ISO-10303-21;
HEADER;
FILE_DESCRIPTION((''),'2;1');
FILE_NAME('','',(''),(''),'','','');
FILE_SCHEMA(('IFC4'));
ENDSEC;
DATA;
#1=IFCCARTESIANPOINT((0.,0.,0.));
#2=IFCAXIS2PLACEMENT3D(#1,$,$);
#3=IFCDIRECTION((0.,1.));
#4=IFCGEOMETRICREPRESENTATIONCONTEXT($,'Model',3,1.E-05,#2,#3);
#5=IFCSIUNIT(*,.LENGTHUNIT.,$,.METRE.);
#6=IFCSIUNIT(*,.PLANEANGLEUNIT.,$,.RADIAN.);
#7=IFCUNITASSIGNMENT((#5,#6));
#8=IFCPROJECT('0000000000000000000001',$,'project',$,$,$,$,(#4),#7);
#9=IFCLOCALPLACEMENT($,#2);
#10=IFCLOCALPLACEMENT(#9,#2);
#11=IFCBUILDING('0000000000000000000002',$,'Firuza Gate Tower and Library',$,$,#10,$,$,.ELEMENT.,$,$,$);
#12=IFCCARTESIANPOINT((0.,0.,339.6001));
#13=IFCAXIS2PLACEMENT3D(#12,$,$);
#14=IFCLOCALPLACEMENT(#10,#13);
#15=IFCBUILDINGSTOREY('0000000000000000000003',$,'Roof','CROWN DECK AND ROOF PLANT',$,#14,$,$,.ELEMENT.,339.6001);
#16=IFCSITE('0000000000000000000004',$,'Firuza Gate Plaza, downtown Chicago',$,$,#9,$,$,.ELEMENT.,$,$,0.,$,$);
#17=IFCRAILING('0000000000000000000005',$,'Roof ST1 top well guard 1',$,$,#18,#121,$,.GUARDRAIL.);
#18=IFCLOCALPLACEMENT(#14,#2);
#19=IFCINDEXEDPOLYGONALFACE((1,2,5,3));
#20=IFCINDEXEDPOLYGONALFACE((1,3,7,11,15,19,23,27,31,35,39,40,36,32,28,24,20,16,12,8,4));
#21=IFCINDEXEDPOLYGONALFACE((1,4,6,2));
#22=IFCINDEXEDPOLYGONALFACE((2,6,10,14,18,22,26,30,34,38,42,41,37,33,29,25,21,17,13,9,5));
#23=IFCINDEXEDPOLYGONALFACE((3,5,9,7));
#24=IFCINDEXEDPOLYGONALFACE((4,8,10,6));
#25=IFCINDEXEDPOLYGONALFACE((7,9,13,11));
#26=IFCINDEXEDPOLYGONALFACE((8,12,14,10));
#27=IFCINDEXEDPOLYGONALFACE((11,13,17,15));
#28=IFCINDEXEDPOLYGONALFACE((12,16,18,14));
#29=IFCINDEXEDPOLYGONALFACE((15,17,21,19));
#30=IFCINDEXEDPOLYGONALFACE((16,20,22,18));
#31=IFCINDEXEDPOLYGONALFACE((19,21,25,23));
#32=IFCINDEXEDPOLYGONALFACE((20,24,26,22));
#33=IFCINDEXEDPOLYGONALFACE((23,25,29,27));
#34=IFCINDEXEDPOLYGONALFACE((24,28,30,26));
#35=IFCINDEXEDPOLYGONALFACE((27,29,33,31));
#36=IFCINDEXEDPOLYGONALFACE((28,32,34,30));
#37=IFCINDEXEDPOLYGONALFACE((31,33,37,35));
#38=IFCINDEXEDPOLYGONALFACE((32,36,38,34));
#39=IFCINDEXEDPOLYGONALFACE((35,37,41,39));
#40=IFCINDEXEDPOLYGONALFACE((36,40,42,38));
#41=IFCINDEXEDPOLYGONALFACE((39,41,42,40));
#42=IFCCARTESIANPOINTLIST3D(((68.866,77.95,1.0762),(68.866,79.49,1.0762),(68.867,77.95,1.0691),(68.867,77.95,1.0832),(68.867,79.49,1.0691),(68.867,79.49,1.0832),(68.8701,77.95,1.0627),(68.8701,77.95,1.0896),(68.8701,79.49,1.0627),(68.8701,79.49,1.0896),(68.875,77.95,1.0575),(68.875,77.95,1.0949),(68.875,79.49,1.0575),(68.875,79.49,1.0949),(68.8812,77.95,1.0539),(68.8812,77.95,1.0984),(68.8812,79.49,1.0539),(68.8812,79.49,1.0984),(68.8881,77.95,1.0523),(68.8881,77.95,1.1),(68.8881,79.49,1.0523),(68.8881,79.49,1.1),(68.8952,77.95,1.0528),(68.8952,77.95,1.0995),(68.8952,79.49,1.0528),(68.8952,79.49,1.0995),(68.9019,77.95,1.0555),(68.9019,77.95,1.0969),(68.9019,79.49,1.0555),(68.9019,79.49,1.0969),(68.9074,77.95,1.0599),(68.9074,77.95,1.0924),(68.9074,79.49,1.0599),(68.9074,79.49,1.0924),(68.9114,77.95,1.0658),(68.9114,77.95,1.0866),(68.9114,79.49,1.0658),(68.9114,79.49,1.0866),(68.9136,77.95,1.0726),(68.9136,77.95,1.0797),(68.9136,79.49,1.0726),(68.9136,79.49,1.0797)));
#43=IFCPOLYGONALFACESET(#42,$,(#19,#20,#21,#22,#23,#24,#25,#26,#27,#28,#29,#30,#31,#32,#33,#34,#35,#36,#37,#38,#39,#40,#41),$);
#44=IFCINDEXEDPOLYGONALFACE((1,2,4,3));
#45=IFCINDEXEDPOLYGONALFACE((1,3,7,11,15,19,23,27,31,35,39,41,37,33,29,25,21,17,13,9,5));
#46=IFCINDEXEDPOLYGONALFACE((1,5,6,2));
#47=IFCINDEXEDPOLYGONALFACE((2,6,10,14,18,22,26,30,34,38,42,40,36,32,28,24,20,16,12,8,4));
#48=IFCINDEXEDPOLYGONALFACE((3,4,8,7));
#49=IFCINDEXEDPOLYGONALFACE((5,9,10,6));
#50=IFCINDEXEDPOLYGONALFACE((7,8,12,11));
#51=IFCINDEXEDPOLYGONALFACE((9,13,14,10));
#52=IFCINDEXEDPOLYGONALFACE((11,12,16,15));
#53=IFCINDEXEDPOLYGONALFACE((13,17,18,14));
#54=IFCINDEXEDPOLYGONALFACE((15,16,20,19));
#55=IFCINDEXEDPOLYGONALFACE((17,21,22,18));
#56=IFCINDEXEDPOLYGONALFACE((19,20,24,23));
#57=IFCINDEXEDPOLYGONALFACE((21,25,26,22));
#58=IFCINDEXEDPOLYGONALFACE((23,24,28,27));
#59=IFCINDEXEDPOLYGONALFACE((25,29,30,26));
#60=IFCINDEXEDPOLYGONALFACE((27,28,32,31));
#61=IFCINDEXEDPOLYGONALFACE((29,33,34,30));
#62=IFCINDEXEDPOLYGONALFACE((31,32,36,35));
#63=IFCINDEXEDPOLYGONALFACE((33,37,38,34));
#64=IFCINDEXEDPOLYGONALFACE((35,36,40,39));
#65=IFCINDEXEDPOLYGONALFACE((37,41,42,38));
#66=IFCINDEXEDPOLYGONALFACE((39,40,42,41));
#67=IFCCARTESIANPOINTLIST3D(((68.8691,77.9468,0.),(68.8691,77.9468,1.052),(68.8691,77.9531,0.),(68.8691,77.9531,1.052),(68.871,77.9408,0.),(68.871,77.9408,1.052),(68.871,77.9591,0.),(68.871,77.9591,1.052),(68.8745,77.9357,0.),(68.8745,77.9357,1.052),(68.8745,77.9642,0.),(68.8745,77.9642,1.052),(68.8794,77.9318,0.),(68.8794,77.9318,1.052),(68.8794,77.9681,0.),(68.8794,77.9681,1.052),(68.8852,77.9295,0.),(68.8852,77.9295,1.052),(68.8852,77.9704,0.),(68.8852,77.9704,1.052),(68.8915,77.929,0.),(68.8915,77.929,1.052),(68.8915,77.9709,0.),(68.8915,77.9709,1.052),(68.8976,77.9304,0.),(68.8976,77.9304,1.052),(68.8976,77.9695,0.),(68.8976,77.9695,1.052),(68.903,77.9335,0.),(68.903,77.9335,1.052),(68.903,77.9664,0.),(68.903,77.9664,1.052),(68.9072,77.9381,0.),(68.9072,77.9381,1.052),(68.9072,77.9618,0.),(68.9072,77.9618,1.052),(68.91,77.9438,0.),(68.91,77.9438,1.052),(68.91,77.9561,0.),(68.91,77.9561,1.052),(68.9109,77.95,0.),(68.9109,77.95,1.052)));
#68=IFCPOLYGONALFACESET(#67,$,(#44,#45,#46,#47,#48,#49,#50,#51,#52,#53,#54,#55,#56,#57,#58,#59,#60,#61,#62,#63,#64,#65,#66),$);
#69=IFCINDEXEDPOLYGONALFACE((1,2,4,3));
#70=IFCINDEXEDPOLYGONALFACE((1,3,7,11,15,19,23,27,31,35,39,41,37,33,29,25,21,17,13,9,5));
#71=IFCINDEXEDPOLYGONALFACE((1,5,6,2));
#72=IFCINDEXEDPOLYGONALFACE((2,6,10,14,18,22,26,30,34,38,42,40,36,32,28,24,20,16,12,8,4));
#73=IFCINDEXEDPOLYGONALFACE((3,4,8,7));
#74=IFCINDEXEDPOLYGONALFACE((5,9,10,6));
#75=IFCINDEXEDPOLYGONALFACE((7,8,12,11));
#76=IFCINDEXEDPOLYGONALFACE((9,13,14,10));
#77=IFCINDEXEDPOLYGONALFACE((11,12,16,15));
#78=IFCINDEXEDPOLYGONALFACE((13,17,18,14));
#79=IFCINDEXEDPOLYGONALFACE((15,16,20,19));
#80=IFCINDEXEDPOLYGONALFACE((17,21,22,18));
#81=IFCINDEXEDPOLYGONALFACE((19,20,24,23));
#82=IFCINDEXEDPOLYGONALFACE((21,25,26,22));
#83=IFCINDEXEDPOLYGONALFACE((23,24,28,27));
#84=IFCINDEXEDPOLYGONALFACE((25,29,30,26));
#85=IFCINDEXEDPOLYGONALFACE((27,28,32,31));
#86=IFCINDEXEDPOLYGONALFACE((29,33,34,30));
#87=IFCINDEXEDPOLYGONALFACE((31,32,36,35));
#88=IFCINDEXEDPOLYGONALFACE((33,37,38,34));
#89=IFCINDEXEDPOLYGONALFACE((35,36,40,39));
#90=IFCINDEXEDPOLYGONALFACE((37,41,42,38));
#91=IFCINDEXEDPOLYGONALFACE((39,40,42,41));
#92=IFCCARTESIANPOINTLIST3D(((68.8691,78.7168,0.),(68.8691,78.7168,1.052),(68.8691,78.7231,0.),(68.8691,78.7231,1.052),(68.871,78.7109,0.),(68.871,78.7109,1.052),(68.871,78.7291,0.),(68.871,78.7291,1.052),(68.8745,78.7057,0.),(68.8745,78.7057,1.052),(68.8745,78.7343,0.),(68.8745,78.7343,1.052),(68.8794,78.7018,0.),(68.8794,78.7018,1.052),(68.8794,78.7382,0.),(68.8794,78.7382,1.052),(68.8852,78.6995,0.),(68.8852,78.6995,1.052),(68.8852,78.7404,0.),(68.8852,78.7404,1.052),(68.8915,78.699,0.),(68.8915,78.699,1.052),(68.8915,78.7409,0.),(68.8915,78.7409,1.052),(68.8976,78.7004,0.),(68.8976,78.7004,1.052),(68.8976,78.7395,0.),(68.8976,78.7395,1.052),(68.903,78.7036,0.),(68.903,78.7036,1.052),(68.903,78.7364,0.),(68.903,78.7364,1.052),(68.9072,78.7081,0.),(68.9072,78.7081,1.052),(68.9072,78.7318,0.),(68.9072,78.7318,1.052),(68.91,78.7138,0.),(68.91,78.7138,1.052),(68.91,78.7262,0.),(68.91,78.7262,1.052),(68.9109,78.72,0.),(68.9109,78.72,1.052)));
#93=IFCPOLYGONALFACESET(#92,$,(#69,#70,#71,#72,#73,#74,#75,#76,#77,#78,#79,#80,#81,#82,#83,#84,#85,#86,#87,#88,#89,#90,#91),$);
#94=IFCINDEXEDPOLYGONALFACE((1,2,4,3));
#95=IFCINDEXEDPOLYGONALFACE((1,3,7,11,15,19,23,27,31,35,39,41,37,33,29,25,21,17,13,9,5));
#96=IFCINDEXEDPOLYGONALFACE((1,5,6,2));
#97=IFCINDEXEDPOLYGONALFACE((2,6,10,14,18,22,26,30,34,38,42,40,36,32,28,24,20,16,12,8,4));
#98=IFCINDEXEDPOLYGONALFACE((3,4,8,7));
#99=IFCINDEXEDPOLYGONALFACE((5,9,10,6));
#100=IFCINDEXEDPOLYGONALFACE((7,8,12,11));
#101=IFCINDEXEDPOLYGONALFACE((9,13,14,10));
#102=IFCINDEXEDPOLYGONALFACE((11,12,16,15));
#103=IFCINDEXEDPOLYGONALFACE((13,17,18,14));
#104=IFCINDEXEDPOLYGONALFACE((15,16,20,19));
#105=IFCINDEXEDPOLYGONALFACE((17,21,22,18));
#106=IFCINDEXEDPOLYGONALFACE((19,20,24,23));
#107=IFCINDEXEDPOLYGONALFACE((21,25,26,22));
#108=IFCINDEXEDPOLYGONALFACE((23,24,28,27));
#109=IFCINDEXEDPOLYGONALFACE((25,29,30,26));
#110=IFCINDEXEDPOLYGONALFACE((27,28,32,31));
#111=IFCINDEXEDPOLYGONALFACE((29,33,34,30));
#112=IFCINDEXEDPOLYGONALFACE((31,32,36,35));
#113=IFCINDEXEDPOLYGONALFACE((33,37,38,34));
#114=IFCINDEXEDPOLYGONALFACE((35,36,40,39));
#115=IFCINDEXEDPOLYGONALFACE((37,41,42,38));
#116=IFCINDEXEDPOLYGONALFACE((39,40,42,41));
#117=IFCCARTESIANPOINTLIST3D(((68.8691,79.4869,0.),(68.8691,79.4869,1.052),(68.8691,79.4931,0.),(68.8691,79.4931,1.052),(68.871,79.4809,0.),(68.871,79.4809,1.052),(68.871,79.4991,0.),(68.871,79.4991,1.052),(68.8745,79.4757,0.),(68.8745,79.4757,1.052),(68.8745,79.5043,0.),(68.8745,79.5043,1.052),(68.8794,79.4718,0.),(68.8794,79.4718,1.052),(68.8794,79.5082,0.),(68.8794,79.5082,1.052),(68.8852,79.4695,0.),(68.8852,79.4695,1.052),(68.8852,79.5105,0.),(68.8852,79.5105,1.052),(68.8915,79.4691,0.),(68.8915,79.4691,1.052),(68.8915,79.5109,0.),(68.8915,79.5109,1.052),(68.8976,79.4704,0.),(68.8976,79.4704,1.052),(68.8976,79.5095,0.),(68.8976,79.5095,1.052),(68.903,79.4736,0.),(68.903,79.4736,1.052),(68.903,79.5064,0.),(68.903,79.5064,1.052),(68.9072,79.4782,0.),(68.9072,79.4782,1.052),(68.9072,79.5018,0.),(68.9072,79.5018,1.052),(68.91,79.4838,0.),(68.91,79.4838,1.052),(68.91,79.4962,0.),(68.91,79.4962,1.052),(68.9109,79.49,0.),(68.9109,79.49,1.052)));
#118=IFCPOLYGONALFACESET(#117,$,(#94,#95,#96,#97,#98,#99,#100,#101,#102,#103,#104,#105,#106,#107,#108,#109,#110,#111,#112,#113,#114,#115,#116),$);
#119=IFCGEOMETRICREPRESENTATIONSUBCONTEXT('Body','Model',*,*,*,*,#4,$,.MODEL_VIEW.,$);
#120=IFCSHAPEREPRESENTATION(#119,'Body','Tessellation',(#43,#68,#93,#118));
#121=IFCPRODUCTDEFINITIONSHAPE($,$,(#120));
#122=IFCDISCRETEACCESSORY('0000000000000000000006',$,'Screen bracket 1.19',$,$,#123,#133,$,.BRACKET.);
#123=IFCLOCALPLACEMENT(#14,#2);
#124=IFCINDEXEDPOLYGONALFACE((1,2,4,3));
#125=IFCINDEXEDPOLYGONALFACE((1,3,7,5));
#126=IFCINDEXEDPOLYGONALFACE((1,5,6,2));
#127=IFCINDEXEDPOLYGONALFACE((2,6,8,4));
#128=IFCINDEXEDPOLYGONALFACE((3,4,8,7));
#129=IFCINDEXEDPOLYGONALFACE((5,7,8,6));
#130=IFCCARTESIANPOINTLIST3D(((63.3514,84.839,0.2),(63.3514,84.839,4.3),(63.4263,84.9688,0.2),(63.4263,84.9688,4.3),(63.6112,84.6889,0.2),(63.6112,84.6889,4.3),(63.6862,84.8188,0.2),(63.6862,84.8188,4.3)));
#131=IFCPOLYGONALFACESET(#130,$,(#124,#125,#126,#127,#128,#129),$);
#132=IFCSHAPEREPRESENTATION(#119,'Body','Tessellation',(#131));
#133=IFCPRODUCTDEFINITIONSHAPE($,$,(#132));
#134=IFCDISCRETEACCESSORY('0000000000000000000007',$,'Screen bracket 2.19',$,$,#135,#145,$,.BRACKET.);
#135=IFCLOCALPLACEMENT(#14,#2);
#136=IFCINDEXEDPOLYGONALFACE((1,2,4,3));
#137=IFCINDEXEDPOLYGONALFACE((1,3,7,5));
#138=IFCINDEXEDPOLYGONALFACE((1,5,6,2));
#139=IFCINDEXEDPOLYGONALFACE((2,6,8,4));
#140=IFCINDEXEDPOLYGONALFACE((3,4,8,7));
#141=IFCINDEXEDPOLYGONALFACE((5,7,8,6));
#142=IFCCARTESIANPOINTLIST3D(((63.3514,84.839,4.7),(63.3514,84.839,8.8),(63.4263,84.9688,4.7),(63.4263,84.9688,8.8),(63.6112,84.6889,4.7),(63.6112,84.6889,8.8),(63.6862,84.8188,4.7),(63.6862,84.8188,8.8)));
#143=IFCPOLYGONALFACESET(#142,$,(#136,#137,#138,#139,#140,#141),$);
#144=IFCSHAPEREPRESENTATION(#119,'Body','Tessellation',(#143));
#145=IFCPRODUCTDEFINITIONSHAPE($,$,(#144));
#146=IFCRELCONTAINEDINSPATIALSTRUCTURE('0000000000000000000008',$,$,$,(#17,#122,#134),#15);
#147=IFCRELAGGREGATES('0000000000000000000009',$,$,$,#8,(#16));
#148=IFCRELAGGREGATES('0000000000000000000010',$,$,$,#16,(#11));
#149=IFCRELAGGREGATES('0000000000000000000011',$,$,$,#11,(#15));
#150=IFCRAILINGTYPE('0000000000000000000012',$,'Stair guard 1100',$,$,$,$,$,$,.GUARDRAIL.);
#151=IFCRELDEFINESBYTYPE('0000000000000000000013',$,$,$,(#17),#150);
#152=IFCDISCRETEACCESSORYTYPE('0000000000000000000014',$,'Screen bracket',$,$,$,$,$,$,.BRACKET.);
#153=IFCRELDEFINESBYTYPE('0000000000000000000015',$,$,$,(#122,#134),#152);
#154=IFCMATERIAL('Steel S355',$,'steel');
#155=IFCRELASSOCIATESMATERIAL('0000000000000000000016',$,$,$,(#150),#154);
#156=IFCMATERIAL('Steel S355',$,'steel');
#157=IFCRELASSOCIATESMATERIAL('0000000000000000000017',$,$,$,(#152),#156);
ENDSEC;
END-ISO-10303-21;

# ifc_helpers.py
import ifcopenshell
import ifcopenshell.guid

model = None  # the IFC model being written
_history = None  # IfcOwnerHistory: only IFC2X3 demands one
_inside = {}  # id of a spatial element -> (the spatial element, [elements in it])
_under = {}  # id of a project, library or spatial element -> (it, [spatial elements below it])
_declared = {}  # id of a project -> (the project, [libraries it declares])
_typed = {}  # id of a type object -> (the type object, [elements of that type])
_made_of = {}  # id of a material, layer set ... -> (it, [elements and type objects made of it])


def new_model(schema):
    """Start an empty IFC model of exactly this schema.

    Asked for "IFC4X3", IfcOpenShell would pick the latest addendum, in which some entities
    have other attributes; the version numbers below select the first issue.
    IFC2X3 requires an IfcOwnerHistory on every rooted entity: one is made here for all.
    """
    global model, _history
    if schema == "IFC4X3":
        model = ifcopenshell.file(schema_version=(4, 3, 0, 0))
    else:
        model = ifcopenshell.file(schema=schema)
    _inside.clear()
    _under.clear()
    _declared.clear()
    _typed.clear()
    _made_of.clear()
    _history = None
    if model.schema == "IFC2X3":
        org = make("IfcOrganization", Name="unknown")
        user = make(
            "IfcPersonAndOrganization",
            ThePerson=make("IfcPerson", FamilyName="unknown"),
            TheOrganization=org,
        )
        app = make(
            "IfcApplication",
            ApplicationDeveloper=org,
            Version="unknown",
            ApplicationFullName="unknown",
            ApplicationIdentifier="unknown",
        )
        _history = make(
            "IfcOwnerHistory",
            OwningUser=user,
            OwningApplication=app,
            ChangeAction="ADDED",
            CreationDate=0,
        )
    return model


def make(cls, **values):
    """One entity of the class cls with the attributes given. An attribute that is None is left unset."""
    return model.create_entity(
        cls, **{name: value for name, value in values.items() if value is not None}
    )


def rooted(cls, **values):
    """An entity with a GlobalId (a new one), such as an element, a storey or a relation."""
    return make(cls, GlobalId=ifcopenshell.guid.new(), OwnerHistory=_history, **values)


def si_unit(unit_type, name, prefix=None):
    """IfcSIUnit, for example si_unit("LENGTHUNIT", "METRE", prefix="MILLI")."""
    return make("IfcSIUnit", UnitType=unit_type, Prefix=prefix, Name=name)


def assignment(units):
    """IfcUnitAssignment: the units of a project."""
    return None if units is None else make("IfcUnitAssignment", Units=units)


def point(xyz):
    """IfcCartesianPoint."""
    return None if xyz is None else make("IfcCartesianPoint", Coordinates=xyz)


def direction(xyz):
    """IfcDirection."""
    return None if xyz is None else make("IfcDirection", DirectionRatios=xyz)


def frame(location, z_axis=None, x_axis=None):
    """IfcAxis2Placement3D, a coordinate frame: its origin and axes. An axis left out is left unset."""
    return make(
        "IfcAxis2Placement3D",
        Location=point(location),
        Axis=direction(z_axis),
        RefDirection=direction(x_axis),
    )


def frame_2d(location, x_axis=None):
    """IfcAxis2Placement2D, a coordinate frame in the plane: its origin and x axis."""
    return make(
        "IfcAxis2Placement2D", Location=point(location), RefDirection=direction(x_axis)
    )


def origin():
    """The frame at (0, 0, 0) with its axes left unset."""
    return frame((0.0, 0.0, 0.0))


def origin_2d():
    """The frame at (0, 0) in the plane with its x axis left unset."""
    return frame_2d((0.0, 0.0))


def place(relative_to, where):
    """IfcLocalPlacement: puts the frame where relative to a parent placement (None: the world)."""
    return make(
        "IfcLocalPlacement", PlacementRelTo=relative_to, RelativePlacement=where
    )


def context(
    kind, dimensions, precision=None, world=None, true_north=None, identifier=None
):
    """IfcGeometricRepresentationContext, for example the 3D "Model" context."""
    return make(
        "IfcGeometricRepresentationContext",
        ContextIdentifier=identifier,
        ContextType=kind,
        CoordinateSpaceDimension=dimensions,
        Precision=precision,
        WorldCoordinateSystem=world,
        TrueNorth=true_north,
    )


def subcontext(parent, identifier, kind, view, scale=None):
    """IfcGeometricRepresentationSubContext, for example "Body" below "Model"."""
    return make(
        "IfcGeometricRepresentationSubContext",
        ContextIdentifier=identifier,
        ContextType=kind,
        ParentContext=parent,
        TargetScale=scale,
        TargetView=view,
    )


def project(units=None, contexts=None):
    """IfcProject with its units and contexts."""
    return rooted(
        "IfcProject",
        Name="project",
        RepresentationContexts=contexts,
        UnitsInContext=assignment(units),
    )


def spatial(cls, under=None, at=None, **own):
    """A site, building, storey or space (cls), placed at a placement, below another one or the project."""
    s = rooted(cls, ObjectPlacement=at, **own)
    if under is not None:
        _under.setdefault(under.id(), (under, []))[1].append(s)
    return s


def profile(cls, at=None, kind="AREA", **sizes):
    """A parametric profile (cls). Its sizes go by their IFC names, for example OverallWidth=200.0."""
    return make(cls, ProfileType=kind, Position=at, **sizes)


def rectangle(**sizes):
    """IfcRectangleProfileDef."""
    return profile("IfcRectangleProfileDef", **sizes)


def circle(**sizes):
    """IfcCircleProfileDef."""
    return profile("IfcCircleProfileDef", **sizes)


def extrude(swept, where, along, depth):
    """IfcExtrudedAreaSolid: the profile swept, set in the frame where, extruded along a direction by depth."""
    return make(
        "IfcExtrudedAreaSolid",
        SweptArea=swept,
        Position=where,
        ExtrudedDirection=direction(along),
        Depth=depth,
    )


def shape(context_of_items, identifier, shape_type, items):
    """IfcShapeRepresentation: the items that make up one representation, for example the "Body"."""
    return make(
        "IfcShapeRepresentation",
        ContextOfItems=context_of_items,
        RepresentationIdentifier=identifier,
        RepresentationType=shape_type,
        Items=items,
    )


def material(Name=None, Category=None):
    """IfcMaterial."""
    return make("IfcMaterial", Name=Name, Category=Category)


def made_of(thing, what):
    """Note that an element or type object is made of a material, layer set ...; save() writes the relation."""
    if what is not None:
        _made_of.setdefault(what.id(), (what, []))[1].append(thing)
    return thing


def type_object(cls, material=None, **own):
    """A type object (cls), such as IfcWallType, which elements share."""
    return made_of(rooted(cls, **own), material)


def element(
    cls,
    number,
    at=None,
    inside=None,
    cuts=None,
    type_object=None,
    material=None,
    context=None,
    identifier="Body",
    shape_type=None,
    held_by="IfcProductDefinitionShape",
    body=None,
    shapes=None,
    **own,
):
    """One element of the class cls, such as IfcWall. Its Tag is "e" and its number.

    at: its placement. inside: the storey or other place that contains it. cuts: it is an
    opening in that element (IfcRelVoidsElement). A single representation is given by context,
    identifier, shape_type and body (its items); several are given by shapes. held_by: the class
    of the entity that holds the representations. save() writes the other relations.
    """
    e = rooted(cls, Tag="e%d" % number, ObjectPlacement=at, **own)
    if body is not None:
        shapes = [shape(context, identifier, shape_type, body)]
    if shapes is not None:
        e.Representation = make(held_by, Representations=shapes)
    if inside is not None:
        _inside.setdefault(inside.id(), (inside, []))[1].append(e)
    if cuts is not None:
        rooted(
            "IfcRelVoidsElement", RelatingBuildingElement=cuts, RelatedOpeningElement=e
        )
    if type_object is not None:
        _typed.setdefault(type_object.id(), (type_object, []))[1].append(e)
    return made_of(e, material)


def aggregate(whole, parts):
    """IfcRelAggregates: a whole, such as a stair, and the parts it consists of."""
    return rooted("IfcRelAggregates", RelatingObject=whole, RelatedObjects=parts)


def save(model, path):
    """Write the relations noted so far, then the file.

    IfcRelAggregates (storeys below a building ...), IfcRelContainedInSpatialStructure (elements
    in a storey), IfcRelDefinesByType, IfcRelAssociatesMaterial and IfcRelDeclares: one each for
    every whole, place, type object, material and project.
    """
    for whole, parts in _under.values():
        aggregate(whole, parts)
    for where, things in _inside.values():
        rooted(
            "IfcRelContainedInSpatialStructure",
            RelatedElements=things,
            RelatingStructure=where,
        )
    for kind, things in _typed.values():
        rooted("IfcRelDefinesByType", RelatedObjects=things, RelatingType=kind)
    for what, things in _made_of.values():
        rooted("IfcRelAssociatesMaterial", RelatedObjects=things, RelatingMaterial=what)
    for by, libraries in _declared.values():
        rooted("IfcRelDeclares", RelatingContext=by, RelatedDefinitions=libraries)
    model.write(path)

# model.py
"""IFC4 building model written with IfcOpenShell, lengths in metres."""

from ifc_helpers import new_model, si_unit, direction, frame, origin, origin_2d, place, context, subcontext, project, spatial, rectangle, circle, extrude, material, type_object, element, save


model = new_model("IFC4")

# Units and contexts
model_context = context("Model", 3, precision=1e-05, world=origin(), true_north=direction((0.0, 1.0)))
body_context = subcontext(model_context, "Body", "Model", "MODEL_VIEW")
ifc_project = project(units=[si_unit("LENGTHUNIT", "METRE"), si_unit("PLANEANGLEUNIT", "RADIAN")], contexts=[model_context])

# Site, building, storey
site_placement = place(None, origin())
site = spatial("IfcSite", under=ifc_project, at=site_placement, Name="Firuza Gate Plaza, downtown Chicago", CompositionType="ELEMENT", RefElevation=0.0)
building_placement = place(site_placement, origin())
building = spatial("IfcBuilding", under=site, at=building_placement, Name="Firuza Gate Tower and Library", CompositionType="ELEMENT")
storey_placement = place(building_placement, frame((0.0, 0.0, 339.6001)))
storey = spatial("IfcBuildingStorey", under=building, at=storey_placement, Name="Roof", Description="CROWN DECK AND ROOF PLANT", CompositionType="ELEMENT", Elevation=339.6001)

# Railing
ifc_material_1 = material(Name="Steel S355", Category="steel")
railing_type = type_object("IfcRailingType", Name="Stair guard 1100", PredefinedType="GUARDRAIL", material=ifc_material_1)
railing_placement = place(storey_placement, frame((68.8899, 77.95, 0.0)))
element("IfcRailing", 1, at=railing_placement, inside=storey, type_object=railing_type, Name="Roof ST1 top well guard 1", PredefinedType="GUARDRAIL", context=body_context, shape_type="SweptSolid", body=[
    extrude(circle(Radius=0.0239, at=origin_2d()), frame((0.0, 0.0, 1.0762), z_axis=(0.0, 1.0, 0.0), x_axis=(-1.0, 0.0, 0.0)), (0.0, 0.0, 1.0), 1.54),
    extrude(circle(Radius=0.021, at=origin_2d()), origin(), (0.0, 0.0, 1.0), 1.052),
    extrude(circle(Radius=0.021, at=origin_2d()), frame((0.0, 0.77, 0.0)), (0.0, 0.0, 1.0), 1.052),
    extrude(circle(Radius=0.021, at=origin_2d()), frame((0.0, 1.54, 0.0)), (0.0, 0.0, 1.0), 1.052),
])

# Discrete accessories
ifc_material_2 = material(Name="Steel S355", Category="steel")
discrete_accessory_type = type_object("IfcDiscreteAccessoryType", Name="Screen bracket", PredefinedType="BRACKET", material=ifc_material_2)
for number, where, z_axis, x_axis, name in (
    (2, (63.5188, 84.8289, 0.2), (0.0, 0.0, 1.0), (-0.866025, 0.5, 0.0), "Screen bracket 1.19"),
    (3, (63.5188, 84.8289, 4.7), (0.0, 0.0, 1.0), (-0.866025, 0.5, 0.0), "Screen bracket 2.19"),
):
    element("IfcDiscreteAccessory", number, at=place(storey_placement, frame(where, z_axis=z_axis, x_axis=x_axis)), inside=storey, type_object=discrete_accessory_type, Name=name, PredefinedType="BRACKET", context=body_context, shape_type="SweptSolid", body=[
        extrude(rectangle(XDim=0.3, YDim=0.1499, at=origin_2d()), origin(), (0.0, 0.0, 1.0), 4.1001),
    ])

save(model, "model.ifc")
